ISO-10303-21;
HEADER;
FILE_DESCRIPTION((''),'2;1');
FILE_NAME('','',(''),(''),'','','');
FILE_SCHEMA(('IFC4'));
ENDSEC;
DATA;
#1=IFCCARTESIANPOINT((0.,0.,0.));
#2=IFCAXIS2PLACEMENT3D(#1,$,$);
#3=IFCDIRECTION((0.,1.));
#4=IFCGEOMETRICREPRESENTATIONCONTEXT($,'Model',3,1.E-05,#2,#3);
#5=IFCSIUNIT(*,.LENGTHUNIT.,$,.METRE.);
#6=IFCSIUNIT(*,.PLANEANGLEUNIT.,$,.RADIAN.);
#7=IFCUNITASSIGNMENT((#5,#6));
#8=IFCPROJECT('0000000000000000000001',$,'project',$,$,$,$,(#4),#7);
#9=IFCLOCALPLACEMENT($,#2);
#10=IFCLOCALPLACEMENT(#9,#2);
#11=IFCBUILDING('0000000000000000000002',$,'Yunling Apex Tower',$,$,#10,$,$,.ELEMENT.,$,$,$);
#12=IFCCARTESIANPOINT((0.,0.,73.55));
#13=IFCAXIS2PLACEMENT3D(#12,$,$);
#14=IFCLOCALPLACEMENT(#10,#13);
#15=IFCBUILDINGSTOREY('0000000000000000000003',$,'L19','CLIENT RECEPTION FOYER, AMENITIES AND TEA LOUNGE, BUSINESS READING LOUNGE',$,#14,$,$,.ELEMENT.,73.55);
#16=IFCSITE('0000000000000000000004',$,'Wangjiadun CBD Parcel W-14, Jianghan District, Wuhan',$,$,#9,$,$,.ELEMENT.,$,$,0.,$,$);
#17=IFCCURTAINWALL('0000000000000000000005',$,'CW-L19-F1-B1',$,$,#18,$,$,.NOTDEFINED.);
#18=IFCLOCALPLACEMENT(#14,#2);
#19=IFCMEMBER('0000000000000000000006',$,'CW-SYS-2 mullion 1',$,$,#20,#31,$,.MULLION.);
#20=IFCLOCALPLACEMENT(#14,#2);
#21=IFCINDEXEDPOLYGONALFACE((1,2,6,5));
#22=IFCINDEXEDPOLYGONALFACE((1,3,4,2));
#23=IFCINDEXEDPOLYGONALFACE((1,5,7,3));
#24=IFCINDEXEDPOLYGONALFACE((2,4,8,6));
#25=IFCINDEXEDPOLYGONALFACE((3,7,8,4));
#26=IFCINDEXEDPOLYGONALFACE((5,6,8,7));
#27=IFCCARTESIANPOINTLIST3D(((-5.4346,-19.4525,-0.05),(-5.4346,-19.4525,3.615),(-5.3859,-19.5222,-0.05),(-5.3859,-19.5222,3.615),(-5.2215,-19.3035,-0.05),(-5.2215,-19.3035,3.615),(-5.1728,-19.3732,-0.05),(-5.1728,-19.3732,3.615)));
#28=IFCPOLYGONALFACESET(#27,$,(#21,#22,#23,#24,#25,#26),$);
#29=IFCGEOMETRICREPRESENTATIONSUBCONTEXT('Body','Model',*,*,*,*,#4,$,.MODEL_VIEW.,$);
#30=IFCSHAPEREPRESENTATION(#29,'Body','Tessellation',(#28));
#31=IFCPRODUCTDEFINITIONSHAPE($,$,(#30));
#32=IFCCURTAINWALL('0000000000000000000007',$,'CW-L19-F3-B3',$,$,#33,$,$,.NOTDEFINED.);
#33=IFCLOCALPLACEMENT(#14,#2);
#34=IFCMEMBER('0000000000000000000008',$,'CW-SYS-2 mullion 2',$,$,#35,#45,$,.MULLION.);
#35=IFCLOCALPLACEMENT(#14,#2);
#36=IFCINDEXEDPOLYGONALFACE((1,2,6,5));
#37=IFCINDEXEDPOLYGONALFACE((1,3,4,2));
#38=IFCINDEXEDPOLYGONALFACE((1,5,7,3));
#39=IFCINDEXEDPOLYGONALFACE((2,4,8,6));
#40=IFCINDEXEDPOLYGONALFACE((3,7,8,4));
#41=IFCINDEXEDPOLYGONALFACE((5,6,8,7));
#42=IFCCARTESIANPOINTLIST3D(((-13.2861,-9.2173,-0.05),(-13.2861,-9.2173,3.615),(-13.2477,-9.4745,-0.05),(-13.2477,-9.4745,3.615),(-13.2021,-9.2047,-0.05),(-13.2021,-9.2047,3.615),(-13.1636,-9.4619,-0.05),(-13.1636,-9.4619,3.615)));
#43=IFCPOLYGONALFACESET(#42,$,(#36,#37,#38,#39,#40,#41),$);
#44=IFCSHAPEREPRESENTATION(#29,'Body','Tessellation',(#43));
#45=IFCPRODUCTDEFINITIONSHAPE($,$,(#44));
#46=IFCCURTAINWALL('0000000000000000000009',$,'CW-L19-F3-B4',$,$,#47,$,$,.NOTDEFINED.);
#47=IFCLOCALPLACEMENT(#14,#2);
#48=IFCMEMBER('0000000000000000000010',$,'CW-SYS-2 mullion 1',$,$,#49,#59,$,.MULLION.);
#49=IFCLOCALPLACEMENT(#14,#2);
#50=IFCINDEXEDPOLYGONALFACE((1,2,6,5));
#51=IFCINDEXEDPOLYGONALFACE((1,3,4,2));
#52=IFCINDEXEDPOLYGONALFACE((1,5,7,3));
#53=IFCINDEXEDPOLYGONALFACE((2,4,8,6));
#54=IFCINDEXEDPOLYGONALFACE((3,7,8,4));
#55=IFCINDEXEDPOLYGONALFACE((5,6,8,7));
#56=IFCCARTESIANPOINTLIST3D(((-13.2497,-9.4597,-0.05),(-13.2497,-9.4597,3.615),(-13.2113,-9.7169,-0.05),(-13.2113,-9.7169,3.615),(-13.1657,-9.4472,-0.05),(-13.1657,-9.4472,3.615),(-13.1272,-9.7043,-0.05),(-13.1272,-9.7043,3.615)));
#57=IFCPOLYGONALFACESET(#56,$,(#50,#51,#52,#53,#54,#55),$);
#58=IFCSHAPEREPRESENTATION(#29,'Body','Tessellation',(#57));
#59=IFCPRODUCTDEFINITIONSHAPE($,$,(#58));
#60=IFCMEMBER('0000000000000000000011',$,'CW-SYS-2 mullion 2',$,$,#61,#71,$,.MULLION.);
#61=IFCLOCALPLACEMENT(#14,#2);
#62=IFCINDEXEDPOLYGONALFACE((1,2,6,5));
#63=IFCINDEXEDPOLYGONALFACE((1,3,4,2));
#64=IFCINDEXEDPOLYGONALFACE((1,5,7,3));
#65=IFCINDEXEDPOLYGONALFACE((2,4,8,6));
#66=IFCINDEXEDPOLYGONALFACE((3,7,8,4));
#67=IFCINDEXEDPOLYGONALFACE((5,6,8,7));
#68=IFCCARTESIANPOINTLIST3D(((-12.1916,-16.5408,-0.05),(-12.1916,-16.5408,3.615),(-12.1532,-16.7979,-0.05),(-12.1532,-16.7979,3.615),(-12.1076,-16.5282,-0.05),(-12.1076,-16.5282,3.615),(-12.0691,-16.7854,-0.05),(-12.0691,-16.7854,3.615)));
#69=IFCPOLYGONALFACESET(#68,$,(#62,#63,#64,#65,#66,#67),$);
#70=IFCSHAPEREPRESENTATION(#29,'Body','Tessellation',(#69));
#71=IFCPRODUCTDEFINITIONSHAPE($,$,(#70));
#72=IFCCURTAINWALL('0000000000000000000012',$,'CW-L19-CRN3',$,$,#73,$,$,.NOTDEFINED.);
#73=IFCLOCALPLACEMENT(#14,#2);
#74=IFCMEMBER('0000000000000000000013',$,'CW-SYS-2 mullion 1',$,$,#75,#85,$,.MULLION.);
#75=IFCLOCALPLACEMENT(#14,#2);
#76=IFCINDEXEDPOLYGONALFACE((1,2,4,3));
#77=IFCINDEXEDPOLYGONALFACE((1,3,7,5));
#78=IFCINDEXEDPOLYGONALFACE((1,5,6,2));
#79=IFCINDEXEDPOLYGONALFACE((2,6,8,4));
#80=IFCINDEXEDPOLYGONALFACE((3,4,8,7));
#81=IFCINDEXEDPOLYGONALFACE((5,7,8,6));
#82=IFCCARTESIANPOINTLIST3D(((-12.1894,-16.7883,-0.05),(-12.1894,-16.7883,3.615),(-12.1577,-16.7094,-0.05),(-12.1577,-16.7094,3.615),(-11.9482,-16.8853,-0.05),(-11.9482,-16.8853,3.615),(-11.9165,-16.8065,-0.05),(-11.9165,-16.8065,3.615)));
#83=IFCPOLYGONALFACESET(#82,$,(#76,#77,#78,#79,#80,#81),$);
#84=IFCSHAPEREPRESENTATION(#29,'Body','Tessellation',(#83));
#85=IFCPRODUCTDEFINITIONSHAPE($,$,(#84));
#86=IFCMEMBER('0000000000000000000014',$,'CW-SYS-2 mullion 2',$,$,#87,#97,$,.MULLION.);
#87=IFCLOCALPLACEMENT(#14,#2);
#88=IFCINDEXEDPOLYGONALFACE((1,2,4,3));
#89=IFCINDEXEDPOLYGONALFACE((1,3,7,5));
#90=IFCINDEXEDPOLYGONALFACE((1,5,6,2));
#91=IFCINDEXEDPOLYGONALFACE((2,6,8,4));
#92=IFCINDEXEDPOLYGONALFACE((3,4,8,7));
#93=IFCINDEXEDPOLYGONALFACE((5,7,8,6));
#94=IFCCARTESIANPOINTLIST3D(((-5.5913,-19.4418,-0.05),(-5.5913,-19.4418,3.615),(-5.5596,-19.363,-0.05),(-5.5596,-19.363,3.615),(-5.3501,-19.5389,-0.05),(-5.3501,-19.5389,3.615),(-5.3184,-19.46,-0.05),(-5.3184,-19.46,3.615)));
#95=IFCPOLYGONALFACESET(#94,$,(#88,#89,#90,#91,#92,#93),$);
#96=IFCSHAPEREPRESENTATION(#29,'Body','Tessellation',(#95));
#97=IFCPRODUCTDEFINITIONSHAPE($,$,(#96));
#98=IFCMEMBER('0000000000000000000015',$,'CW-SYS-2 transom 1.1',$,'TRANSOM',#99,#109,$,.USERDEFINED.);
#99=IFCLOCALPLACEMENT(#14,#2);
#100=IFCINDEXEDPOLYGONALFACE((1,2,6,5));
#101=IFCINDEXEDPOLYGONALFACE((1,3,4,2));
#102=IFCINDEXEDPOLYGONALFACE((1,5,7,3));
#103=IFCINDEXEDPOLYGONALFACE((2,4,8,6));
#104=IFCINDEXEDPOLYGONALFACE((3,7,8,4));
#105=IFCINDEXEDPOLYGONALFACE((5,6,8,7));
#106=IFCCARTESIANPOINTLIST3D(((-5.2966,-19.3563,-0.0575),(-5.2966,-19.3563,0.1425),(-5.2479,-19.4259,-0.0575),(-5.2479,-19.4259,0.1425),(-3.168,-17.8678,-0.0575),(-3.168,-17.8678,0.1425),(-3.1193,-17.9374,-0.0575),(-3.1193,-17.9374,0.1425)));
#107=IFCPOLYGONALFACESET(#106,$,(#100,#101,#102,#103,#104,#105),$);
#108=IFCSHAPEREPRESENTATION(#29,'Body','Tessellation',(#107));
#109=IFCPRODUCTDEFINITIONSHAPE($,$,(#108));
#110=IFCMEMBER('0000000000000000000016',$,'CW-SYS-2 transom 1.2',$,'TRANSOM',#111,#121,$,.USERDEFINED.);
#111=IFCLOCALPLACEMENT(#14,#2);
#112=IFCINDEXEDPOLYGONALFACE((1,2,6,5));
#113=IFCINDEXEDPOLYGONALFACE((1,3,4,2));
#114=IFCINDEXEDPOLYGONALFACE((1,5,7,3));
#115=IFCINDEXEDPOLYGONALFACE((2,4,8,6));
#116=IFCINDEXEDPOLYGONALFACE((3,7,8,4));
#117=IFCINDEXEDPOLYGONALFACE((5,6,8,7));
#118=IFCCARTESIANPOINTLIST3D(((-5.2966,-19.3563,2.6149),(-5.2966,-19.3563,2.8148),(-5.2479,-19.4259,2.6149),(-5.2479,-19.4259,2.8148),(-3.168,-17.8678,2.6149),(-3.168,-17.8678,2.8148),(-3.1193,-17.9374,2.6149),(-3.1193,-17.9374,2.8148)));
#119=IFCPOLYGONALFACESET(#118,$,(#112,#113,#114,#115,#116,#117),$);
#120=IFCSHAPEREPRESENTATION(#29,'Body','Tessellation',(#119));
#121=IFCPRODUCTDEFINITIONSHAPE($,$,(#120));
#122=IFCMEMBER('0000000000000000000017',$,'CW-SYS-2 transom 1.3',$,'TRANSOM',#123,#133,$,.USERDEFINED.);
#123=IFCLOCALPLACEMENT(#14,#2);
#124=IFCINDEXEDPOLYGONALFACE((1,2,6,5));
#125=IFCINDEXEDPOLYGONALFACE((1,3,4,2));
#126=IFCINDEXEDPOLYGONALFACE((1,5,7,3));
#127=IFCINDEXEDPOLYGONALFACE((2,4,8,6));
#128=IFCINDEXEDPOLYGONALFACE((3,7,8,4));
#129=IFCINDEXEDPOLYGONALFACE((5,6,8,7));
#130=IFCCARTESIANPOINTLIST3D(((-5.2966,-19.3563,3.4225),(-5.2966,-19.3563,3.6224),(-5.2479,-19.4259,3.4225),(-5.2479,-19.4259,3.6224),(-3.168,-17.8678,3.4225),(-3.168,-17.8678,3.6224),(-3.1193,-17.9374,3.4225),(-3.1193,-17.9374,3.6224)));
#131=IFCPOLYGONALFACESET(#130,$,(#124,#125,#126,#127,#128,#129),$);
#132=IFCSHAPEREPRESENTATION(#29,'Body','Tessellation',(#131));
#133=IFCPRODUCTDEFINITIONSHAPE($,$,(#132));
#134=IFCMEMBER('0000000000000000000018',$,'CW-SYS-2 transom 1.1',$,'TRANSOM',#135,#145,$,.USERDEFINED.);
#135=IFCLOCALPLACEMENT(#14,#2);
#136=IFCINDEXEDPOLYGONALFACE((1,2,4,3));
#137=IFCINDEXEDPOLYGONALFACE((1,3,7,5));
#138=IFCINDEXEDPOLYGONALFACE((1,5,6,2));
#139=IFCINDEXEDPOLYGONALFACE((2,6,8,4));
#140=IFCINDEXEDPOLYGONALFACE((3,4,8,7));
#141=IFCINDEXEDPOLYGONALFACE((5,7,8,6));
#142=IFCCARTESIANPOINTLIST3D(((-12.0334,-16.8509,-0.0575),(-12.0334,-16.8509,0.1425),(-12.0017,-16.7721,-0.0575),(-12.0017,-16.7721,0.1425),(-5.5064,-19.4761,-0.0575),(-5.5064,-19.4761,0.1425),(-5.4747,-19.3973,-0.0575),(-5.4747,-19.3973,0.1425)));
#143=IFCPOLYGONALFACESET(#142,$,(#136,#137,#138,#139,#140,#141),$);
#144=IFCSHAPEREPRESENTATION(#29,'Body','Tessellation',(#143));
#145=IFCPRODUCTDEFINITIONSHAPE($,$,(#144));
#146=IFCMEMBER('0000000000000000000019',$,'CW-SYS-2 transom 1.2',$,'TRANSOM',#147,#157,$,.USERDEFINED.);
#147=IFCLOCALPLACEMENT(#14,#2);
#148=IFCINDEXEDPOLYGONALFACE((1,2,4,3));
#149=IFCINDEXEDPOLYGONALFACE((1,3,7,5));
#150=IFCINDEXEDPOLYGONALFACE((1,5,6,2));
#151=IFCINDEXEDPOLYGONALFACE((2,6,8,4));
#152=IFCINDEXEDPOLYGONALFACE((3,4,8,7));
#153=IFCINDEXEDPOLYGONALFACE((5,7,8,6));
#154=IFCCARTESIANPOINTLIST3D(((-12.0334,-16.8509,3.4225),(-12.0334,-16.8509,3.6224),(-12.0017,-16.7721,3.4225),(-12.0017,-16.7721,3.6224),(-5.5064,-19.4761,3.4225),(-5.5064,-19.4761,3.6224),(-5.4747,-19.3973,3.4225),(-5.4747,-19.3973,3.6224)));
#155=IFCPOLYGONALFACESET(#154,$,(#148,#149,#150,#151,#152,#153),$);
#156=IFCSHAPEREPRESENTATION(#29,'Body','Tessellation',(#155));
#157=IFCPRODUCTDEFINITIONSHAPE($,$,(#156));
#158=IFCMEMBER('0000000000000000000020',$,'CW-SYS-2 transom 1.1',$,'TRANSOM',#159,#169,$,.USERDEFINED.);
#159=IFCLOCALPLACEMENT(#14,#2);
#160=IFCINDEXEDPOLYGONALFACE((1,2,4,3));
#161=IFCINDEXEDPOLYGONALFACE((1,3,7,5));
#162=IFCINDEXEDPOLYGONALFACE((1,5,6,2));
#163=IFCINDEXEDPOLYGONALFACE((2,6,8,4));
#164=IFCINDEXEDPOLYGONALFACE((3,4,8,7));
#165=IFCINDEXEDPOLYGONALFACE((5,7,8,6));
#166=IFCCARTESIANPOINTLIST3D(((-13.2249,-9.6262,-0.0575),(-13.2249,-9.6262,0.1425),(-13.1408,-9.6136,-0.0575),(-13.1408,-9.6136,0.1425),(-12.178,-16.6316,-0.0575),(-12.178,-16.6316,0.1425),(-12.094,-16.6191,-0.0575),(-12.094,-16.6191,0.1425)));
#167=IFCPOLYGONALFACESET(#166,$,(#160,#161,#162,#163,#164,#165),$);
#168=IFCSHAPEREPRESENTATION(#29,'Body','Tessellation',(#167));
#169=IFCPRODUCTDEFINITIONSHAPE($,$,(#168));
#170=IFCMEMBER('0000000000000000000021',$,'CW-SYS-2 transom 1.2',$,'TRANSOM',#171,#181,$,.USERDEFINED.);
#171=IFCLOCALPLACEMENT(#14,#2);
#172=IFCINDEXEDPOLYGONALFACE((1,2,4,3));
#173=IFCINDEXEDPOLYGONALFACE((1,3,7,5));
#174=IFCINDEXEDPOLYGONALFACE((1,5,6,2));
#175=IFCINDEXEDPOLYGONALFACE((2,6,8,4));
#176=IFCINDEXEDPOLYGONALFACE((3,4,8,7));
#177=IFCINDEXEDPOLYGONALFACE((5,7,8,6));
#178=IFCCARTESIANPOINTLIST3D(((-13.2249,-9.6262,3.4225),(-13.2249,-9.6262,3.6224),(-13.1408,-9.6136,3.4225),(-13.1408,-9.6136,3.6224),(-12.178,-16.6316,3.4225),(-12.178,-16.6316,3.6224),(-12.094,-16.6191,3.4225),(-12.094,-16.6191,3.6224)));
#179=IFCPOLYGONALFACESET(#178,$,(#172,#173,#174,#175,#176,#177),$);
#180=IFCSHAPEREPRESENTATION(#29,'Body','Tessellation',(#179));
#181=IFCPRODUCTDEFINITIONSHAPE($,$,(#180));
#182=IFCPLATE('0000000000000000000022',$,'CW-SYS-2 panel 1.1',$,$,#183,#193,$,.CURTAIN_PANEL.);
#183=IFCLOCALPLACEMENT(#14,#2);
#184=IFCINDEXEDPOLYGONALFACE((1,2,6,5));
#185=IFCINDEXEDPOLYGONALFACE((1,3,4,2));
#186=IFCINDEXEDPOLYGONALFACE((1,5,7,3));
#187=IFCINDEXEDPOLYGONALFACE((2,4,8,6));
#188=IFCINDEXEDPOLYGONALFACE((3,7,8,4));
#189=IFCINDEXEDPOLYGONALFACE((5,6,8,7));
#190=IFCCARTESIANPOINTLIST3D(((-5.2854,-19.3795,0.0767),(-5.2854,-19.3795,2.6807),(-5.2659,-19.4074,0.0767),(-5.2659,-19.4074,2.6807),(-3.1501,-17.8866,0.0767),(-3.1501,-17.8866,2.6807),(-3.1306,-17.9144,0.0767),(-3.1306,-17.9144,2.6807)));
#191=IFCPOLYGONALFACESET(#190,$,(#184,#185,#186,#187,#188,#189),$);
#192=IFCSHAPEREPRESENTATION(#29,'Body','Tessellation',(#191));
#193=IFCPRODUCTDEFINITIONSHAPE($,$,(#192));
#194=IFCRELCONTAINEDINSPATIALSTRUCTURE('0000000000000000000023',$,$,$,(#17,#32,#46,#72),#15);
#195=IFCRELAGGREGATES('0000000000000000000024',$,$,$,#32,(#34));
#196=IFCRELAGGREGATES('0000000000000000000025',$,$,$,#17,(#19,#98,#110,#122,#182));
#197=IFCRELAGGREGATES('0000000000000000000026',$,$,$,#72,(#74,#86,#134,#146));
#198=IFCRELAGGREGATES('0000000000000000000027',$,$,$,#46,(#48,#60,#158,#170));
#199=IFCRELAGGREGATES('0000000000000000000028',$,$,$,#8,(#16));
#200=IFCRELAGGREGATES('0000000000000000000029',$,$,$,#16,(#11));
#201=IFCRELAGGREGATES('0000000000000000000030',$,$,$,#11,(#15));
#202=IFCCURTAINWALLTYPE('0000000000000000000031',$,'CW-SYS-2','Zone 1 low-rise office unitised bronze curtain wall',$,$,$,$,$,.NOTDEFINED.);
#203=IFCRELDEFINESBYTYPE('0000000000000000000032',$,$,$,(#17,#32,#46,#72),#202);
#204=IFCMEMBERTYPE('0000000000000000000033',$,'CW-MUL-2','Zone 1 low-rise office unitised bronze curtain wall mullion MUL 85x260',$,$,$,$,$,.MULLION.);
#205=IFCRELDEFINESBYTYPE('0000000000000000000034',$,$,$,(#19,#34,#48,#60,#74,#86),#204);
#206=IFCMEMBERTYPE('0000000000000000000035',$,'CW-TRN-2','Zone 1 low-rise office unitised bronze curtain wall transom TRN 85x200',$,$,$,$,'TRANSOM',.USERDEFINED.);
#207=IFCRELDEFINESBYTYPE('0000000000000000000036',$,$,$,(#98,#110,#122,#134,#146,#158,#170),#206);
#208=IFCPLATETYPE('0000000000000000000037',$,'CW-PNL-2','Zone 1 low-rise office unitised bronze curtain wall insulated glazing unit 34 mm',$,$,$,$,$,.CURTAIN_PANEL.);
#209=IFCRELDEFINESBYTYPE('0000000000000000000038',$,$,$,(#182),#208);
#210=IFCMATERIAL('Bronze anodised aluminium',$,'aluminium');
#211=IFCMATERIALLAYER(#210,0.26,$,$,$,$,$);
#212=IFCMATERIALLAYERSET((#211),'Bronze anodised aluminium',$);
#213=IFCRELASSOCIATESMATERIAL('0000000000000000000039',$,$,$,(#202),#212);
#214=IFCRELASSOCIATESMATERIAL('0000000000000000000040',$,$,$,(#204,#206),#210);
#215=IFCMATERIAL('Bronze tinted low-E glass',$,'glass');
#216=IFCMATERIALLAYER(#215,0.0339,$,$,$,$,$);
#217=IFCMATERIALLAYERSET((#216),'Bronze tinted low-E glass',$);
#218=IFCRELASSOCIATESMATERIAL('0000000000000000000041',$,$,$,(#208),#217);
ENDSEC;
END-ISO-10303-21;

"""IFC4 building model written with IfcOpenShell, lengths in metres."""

from ifc_helpers import new_model, si_unit, direction, frame, origin, origin_2d, place, context, subcontext, project, spatial, rectangle, extrude, source, transform, mapped, material, layer, layer_set, material_profile, profile_set, type_object, element, aggregate, save


model = new_model("IFC4")

# Units and contexts
model_context = context("Model", 3, precision=1e-05, world=origin(), true_north=direction((0.0, 1.0)))
body_context = subcontext(model_context, "Body", "Model", "MODEL_VIEW")
ifc_project = project(units=[si_unit("LENGTHUNIT", "METRE"), si_unit("PLANEANGLEUNIT", "RADIAN")], contexts=[model_context])

# Site, building, storey
site_placement = place(None, origin())
site = spatial("IfcSite", under=ifc_project, at=site_placement, Name="Wangjiadun CBD Parcel W-14, Jianghan District, Wuhan", CompositionType="ELEMENT", RefElevation=0.0)
building_placement = place(site_placement, origin())
building = spatial("IfcBuilding", under=site, at=building_placement, Name="Yunling Apex Tower", CompositionType="ELEMENT")
storey_placement = place(building_placement, frame((0.0, 0.0, 73.55)))
storey = spatial("IfcBuildingStorey", under=building, at=storey_placement, Name="L19", Description="CLIENT RECEPTION FOYER, AMENITIES AND TEA LOUNGE, BUSINESS READING LOUNGE", CompositionType="ELEMENT", Elevation=73.55)

# Curtain walls, members
ifc_material_1 = material(Name="Bronze anodised aluminium", Category="aluminium")
ifc_layer_1 = layer(ifc_material_1, 0.26)
ifc_layer_set_1 = layer_set([ifc_layer_1], Name="Bronze anodised aluminium")
curtain_wall_type = type_object("IfcCurtainWallType", Name="CW-SYS-2", Description="Zone 1 low-rise office unitised bronze curtain wall", PredefinedType="NOTDEFINED", material=ifc_layer_set_1)
curtain_wall_1_placement = place(storey_placement, origin())
curtain_wall_1 = element("IfcCurtainWall", 1, at=curtain_wall_1_placement, inside=storey, type_object=curtain_wall_type, Name="CW-L19-F1-B1", PredefinedType="NOTDEFINED")
ifc_material_profile_1 = material_profile(ifc_material_1, rectangle(XDim=0.085, YDim=0.26, at=origin_2d()))
ifc_profile_set_1 = profile_set([ifc_material_profile_1], Name="Bronze anodised aluminium")
member_type_1 = type_object("IfcMemberType", Name="CW-MUL-2", Description="Zone 1 low-rise office unitised bronze curtain wall mullion MUL 85x260", PredefinedType="MULLION", material=ifc_profile_set_1)
shared_shape_1 = source(origin(), body_context, "Body", "SweptSolid", [
    extrude(rectangle(XDim=0.085, YDim=0.26, at=origin_2d()), origin(), (0.0, 0.0, 1.0), 3.665),
])
member_1_placement = place(storey_placement, frame((-5.3037, -19.4128, -0.05), z_axis=(0.0, 0.0, 1.0), x_axis=(-0.573004, 0.819552, 0.0)))
member_1 = element("IfcMember", 2, at=member_1_placement, type_object=member_type_1, Name="CW-SYS-2 mullion 1", PredefinedType="MULLION", context=body_context, shape_type="MappedRepresentation", body=[
    mapped(shared_shape_1, transform((0.0, 0.0, 0.0), scale=1.0)),
])
curtain_wall_2_placement = place(storey_placement, origin())
curtain_wall_2 = element("IfcCurtainWall", 3, at=curtain_wall_2_placement, inside=storey, type_object=curtain_wall_type, Name="CW-L19-F3-B3", PredefinedType="NOTDEFINED")
member_2_placement = place(storey_placement, frame((-13.2249, -9.3396, -0.05), z_axis=(0.0, 0.0, 1.0), x_axis=(0.989015, 0.147815, 0.0)))
member_2 = element("IfcMember", 4, at=member_2_placement, type_object=member_type_1, Name="CW-SYS-2 mullion 2", PredefinedType="MULLION", context=body_context, shape_type="MappedRepresentation", body=[
    mapped(shared_shape_1, transform((0.0, 0.0, 0.0), scale=1.0)),
])
aggregate(curtain_wall_2, [member_2])

# Curtain walls, members
curtain_wall_3_placement = place(storey_placement, origin())
curtain_wall_3 = element("IfcCurtainWall", 5, at=curtain_wall_3_placement, inside=storey, type_object=curtain_wall_type, Name="CW-L19-F3-B4", PredefinedType="NOTDEFINED")
member_3_placement = place(storey_placement, frame((-13.1885, -9.582, -0.05), z_axis=(0.0, 0.0, 1.0), x_axis=(0.989017, 0.147801, 0.0)))
member_3 = element("IfcMember", 6, at=member_3_placement, type_object=member_type_1, Name="CW-SYS-2 mullion 1", PredefinedType="MULLION", context=body_context, shape_type="MappedRepresentation", body=[
    mapped(shared_shape_1, transform((0.0, 0.0, 0.0), scale=1.0)),
])
member_4_placement = place(storey_placement, frame((-12.1304, -16.6631, -0.05), z_axis=(0.0, 0.0, 1.0), x_axis=(0.989017, 0.147801, 0.0)))
member_4 = element("IfcMember", 7, at=member_4_placement, type_object=member_type_1, Name="CW-SYS-2 mullion 2", PredefinedType="MULLION", context=body_context, shape_type="MappedRepresentation", body=[
    mapped(shared_shape_1, transform((0.0, 0.0, 0.0), scale=1.0)),
])
curtain_wall_4_placement = place(storey_placement, origin())
curtain_wall_4 = element("IfcCurtainWall", 8, at=curtain_wall_4_placement, inside=storey, type_object=curtain_wall_type, Name="CW-L19-CRN3", PredefinedType="NOTDEFINED")
member_5_placement = place(storey_placement, frame((-12.053, -16.7974, -0.05), z_axis=(0.0, 0.0, 1.0), x_axis=(0.373144, 0.927774, 0.0)))
member_5 = element("IfcMember", 9, at=member_5_placement, type_object=member_type_1, Name="CW-SYS-2 mullion 1", PredefinedType="MULLION", context=body_context, shape_type="MappedRepresentation", body=[
    mapped(shared_shape_1, transform((0.0, 0.0, 0.0), scale=1.0)),
])
member_6_placement = place(storey_placement, frame((-5.4548, -19.4509, -0.05), z_axis=(0.0, 0.0, 1.0), x_axis=(0.373144, 0.927774, 0.0)))
member_6 = element("IfcMember", 10, at=member_6_placement, type_object=member_type_1, Name="CW-SYS-2 mullion 2", PredefinedType="MULLION", context=body_context, shape_type="MappedRepresentation", body=[
    mapped(shared_shape_1, transform((0.0, 0.0, 0.0), scale=1.0)),
])

# Members
ifc_material_profile_2 = material_profile(ifc_material_1, rectangle(XDim=0.085, YDim=0.2, at=origin_2d()))
ifc_profile_set_2 = profile_set([ifc_material_profile_2], Name="Bronze anodised aluminium")
member_type_2 = type_object("IfcMemberType", Name="CW-TRN-2", Description="Zone 1 low-rise office unitised bronze curtain wall transom TRN 85x200", ElementType="TRANSOM", PredefinedType="USERDEFINED", material=ifc_profile_set_2)
shared_shape_2 = source(origin(), body_context, "Body", "SweptSolid", [
    extrude(rectangle(XDim=0.085, YDim=0.2, at=origin_2d()), origin(), (0.0, 0.0, 1.0), 2.5974),
])
member_7_placement = place(storey_placement, frame((-5.2722, -19.3911, 0.0425), z_axis=(0.81951, 0.573065, 0.0), x_axis=(-0.573065, 0.81951, 0.0)))
member_7 = element("IfcMember", 11, at=member_7_placement, type_object=member_type_2, Name="CW-SYS-2 transom 1.1", ObjectType="TRANSOM", PredefinedType="USERDEFINED", context=body_context, shape_type="MappedRepresentation", body=[
    mapped(shared_shape_2, transform((0.0, 0.0, 0.0), scale=1.0)),
])
member_8_placement = place(storey_placement, frame((-5.2722, -19.3911, 2.7148), z_axis=(0.81951, 0.573065, 0.0), x_axis=(-0.573065, 0.81951, 0.0)))
member_8 = element("IfcMember", 12, at=member_8_placement, type_object=member_type_2, Name="CW-SYS-2 transom 1.2", ObjectType="TRANSOM", PredefinedType="USERDEFINED", context=body_context, shape_type="MappedRepresentation", body=[
    mapped(shared_shape_2, transform((0.0, 0.0, 0.0), scale=1.0)),
])
member_9_placement = place(storey_placement, frame((-5.2722, -19.3911, 3.5225), z_axis=(0.81951, 0.573065, 0.0), x_axis=(-0.573065, 0.81951, 0.0)))
member_9 = element("IfcMember", 13, at=member_9_placement, type_object=member_type_2, Name="CW-SYS-2 transom 1.3", ObjectType="TRANSOM", PredefinedType="USERDEFINED", context=body_context, shape_type="MappedRepresentation", body=[
    mapped(shared_shape_2, transform((0.0, 0.0, 0.0), scale=1.0)),
])
shared_shape_3 = source(origin(), body_context, "Body", "SweptSolid", [
    extrude(rectangle(XDim=0.085, YDim=0.2, at=origin_2d()), origin(), (0.0, 0.0, 1.0), 7.0352),
])
member_10_placement = place(storey_placement, frame((-12.0176, -16.8115, 0.0425), z_axis=(0.927769, -0.373155, 0.0), x_axis=(0.373155, 0.927769, 0.0)))
member_10 = element("IfcMember", 14, at=member_10_placement, type_object=member_type_2, Name="CW-SYS-2 transom 1.1", ObjectType="TRANSOM", PredefinedType="USERDEFINED", context=body_context, shape_type="MappedRepresentation", body=[
    mapped(shared_shape_3, transform((0.0, 0.0, 0.0), scale=1.0)),
])
member_11_placement = place(storey_placement, frame((-12.0176, -16.8115, 3.5225), z_axis=(0.927769, -0.373155, 0.0), x_axis=(0.373155, 0.927769, 0.0)))
member_11 = element("IfcMember", 15, at=member_11_placement, type_object=member_type_2, Name="CW-SYS-2 transom 1.2", ObjectType="TRANSOM", PredefinedType="USERDEFINED", context=body_context, shape_type="MappedRepresentation", body=[
    mapped(shared_shape_3, transform((0.0, 0.0, 0.0), scale=1.0)),
])
shared_shape_4 = source(origin(), body_context, "Body", "SweptSolid", [
    extrude(rectangle(XDim=0.085, YDim=0.2, at=origin_2d()), origin(), (0.0, 0.0, 1.0), 7.0833),
])
member_12_placement = place(storey_placement, frame((-13.1829, -9.6199, 0.0425), z_axis=(0.147798, -0.989018, 0.0), x_axis=(0.989018, 0.147798, 0.0)))
member_12 = element("IfcMember", 16, at=member_12_placement, type_object=member_type_2, Name="CW-SYS-2 transom 1.1", ObjectType="TRANSOM", PredefinedType="USERDEFINED", context=body_context, shape_type="MappedRepresentation", body=[
    mapped(shared_shape_4, transform((0.0, 0.0, 0.0), scale=1.0)),
])
member_13_placement = place(storey_placement, frame((-13.1829, -9.6199, 3.5225), z_axis=(0.147798, -0.989018, 0.0), x_axis=(0.989018, 0.147798, 0.0)))
member_13 = element("IfcMember", 17, at=member_13_placement, type_object=member_type_2, Name="CW-SYS-2 transom 1.2", ObjectType="TRANSOM", PredefinedType="USERDEFINED", context=body_context, shape_type="MappedRepresentation", body=[
    mapped(shared_shape_4, transform((0.0, 0.0, 0.0), scale=1.0)),
])

# Plate
ifc_material_2 = material(Name="Bronze tinted low-E glass", Category="glass")
ifc_layer_2 = layer(ifc_material_2, 0.0339)
ifc_layer_set_2 = layer_set([ifc_layer_2], Name="Bronze tinted low-E glass")
plate_type = type_object("IfcPlateType", Name="CW-PNL-2", Description="Zone 1 low-rise office unitised bronze curtain wall insulated glazing unit 34 mm", PredefinedType="CURTAIN_PANEL", material=ifc_layer_set_2)
shared_shape_5 = source(origin(), body_context, "Body", "SweptSolid", [
    extrude(rectangle(XDim=2.6055, YDim=0.0339, at=origin_2d()), origin(), (0.0, 0.0, 1.0), 2.604),
])
plate_1_placement = place(storey_placement, frame((-4.208, -18.647, 0.0767), z_axis=(0.0, 0.0, 1.0), x_axis=(0.819552, 0.573004, 0.0)))
plate_1 = element("IfcPlate", 18, at=plate_1_placement, type_object=plate_type, Name="CW-SYS-2 panel 1.1", PredefinedType="CURTAIN_PANEL", context=body_context, shape_type="MappedRepresentation", body=[
    mapped(shared_shape_5, transform((0.0, 0.0, 0.0), scale=1.0)),
])
aggregate(curtain_wall_1, [member_1, member_7, member_8, member_9, plate_1])
aggregate(curtain_wall_4, [member_5, member_6, member_10, member_11])
aggregate(curtain_wall_3, [member_3, member_4, member_12, member_13])

save(model, "model.ifc")
